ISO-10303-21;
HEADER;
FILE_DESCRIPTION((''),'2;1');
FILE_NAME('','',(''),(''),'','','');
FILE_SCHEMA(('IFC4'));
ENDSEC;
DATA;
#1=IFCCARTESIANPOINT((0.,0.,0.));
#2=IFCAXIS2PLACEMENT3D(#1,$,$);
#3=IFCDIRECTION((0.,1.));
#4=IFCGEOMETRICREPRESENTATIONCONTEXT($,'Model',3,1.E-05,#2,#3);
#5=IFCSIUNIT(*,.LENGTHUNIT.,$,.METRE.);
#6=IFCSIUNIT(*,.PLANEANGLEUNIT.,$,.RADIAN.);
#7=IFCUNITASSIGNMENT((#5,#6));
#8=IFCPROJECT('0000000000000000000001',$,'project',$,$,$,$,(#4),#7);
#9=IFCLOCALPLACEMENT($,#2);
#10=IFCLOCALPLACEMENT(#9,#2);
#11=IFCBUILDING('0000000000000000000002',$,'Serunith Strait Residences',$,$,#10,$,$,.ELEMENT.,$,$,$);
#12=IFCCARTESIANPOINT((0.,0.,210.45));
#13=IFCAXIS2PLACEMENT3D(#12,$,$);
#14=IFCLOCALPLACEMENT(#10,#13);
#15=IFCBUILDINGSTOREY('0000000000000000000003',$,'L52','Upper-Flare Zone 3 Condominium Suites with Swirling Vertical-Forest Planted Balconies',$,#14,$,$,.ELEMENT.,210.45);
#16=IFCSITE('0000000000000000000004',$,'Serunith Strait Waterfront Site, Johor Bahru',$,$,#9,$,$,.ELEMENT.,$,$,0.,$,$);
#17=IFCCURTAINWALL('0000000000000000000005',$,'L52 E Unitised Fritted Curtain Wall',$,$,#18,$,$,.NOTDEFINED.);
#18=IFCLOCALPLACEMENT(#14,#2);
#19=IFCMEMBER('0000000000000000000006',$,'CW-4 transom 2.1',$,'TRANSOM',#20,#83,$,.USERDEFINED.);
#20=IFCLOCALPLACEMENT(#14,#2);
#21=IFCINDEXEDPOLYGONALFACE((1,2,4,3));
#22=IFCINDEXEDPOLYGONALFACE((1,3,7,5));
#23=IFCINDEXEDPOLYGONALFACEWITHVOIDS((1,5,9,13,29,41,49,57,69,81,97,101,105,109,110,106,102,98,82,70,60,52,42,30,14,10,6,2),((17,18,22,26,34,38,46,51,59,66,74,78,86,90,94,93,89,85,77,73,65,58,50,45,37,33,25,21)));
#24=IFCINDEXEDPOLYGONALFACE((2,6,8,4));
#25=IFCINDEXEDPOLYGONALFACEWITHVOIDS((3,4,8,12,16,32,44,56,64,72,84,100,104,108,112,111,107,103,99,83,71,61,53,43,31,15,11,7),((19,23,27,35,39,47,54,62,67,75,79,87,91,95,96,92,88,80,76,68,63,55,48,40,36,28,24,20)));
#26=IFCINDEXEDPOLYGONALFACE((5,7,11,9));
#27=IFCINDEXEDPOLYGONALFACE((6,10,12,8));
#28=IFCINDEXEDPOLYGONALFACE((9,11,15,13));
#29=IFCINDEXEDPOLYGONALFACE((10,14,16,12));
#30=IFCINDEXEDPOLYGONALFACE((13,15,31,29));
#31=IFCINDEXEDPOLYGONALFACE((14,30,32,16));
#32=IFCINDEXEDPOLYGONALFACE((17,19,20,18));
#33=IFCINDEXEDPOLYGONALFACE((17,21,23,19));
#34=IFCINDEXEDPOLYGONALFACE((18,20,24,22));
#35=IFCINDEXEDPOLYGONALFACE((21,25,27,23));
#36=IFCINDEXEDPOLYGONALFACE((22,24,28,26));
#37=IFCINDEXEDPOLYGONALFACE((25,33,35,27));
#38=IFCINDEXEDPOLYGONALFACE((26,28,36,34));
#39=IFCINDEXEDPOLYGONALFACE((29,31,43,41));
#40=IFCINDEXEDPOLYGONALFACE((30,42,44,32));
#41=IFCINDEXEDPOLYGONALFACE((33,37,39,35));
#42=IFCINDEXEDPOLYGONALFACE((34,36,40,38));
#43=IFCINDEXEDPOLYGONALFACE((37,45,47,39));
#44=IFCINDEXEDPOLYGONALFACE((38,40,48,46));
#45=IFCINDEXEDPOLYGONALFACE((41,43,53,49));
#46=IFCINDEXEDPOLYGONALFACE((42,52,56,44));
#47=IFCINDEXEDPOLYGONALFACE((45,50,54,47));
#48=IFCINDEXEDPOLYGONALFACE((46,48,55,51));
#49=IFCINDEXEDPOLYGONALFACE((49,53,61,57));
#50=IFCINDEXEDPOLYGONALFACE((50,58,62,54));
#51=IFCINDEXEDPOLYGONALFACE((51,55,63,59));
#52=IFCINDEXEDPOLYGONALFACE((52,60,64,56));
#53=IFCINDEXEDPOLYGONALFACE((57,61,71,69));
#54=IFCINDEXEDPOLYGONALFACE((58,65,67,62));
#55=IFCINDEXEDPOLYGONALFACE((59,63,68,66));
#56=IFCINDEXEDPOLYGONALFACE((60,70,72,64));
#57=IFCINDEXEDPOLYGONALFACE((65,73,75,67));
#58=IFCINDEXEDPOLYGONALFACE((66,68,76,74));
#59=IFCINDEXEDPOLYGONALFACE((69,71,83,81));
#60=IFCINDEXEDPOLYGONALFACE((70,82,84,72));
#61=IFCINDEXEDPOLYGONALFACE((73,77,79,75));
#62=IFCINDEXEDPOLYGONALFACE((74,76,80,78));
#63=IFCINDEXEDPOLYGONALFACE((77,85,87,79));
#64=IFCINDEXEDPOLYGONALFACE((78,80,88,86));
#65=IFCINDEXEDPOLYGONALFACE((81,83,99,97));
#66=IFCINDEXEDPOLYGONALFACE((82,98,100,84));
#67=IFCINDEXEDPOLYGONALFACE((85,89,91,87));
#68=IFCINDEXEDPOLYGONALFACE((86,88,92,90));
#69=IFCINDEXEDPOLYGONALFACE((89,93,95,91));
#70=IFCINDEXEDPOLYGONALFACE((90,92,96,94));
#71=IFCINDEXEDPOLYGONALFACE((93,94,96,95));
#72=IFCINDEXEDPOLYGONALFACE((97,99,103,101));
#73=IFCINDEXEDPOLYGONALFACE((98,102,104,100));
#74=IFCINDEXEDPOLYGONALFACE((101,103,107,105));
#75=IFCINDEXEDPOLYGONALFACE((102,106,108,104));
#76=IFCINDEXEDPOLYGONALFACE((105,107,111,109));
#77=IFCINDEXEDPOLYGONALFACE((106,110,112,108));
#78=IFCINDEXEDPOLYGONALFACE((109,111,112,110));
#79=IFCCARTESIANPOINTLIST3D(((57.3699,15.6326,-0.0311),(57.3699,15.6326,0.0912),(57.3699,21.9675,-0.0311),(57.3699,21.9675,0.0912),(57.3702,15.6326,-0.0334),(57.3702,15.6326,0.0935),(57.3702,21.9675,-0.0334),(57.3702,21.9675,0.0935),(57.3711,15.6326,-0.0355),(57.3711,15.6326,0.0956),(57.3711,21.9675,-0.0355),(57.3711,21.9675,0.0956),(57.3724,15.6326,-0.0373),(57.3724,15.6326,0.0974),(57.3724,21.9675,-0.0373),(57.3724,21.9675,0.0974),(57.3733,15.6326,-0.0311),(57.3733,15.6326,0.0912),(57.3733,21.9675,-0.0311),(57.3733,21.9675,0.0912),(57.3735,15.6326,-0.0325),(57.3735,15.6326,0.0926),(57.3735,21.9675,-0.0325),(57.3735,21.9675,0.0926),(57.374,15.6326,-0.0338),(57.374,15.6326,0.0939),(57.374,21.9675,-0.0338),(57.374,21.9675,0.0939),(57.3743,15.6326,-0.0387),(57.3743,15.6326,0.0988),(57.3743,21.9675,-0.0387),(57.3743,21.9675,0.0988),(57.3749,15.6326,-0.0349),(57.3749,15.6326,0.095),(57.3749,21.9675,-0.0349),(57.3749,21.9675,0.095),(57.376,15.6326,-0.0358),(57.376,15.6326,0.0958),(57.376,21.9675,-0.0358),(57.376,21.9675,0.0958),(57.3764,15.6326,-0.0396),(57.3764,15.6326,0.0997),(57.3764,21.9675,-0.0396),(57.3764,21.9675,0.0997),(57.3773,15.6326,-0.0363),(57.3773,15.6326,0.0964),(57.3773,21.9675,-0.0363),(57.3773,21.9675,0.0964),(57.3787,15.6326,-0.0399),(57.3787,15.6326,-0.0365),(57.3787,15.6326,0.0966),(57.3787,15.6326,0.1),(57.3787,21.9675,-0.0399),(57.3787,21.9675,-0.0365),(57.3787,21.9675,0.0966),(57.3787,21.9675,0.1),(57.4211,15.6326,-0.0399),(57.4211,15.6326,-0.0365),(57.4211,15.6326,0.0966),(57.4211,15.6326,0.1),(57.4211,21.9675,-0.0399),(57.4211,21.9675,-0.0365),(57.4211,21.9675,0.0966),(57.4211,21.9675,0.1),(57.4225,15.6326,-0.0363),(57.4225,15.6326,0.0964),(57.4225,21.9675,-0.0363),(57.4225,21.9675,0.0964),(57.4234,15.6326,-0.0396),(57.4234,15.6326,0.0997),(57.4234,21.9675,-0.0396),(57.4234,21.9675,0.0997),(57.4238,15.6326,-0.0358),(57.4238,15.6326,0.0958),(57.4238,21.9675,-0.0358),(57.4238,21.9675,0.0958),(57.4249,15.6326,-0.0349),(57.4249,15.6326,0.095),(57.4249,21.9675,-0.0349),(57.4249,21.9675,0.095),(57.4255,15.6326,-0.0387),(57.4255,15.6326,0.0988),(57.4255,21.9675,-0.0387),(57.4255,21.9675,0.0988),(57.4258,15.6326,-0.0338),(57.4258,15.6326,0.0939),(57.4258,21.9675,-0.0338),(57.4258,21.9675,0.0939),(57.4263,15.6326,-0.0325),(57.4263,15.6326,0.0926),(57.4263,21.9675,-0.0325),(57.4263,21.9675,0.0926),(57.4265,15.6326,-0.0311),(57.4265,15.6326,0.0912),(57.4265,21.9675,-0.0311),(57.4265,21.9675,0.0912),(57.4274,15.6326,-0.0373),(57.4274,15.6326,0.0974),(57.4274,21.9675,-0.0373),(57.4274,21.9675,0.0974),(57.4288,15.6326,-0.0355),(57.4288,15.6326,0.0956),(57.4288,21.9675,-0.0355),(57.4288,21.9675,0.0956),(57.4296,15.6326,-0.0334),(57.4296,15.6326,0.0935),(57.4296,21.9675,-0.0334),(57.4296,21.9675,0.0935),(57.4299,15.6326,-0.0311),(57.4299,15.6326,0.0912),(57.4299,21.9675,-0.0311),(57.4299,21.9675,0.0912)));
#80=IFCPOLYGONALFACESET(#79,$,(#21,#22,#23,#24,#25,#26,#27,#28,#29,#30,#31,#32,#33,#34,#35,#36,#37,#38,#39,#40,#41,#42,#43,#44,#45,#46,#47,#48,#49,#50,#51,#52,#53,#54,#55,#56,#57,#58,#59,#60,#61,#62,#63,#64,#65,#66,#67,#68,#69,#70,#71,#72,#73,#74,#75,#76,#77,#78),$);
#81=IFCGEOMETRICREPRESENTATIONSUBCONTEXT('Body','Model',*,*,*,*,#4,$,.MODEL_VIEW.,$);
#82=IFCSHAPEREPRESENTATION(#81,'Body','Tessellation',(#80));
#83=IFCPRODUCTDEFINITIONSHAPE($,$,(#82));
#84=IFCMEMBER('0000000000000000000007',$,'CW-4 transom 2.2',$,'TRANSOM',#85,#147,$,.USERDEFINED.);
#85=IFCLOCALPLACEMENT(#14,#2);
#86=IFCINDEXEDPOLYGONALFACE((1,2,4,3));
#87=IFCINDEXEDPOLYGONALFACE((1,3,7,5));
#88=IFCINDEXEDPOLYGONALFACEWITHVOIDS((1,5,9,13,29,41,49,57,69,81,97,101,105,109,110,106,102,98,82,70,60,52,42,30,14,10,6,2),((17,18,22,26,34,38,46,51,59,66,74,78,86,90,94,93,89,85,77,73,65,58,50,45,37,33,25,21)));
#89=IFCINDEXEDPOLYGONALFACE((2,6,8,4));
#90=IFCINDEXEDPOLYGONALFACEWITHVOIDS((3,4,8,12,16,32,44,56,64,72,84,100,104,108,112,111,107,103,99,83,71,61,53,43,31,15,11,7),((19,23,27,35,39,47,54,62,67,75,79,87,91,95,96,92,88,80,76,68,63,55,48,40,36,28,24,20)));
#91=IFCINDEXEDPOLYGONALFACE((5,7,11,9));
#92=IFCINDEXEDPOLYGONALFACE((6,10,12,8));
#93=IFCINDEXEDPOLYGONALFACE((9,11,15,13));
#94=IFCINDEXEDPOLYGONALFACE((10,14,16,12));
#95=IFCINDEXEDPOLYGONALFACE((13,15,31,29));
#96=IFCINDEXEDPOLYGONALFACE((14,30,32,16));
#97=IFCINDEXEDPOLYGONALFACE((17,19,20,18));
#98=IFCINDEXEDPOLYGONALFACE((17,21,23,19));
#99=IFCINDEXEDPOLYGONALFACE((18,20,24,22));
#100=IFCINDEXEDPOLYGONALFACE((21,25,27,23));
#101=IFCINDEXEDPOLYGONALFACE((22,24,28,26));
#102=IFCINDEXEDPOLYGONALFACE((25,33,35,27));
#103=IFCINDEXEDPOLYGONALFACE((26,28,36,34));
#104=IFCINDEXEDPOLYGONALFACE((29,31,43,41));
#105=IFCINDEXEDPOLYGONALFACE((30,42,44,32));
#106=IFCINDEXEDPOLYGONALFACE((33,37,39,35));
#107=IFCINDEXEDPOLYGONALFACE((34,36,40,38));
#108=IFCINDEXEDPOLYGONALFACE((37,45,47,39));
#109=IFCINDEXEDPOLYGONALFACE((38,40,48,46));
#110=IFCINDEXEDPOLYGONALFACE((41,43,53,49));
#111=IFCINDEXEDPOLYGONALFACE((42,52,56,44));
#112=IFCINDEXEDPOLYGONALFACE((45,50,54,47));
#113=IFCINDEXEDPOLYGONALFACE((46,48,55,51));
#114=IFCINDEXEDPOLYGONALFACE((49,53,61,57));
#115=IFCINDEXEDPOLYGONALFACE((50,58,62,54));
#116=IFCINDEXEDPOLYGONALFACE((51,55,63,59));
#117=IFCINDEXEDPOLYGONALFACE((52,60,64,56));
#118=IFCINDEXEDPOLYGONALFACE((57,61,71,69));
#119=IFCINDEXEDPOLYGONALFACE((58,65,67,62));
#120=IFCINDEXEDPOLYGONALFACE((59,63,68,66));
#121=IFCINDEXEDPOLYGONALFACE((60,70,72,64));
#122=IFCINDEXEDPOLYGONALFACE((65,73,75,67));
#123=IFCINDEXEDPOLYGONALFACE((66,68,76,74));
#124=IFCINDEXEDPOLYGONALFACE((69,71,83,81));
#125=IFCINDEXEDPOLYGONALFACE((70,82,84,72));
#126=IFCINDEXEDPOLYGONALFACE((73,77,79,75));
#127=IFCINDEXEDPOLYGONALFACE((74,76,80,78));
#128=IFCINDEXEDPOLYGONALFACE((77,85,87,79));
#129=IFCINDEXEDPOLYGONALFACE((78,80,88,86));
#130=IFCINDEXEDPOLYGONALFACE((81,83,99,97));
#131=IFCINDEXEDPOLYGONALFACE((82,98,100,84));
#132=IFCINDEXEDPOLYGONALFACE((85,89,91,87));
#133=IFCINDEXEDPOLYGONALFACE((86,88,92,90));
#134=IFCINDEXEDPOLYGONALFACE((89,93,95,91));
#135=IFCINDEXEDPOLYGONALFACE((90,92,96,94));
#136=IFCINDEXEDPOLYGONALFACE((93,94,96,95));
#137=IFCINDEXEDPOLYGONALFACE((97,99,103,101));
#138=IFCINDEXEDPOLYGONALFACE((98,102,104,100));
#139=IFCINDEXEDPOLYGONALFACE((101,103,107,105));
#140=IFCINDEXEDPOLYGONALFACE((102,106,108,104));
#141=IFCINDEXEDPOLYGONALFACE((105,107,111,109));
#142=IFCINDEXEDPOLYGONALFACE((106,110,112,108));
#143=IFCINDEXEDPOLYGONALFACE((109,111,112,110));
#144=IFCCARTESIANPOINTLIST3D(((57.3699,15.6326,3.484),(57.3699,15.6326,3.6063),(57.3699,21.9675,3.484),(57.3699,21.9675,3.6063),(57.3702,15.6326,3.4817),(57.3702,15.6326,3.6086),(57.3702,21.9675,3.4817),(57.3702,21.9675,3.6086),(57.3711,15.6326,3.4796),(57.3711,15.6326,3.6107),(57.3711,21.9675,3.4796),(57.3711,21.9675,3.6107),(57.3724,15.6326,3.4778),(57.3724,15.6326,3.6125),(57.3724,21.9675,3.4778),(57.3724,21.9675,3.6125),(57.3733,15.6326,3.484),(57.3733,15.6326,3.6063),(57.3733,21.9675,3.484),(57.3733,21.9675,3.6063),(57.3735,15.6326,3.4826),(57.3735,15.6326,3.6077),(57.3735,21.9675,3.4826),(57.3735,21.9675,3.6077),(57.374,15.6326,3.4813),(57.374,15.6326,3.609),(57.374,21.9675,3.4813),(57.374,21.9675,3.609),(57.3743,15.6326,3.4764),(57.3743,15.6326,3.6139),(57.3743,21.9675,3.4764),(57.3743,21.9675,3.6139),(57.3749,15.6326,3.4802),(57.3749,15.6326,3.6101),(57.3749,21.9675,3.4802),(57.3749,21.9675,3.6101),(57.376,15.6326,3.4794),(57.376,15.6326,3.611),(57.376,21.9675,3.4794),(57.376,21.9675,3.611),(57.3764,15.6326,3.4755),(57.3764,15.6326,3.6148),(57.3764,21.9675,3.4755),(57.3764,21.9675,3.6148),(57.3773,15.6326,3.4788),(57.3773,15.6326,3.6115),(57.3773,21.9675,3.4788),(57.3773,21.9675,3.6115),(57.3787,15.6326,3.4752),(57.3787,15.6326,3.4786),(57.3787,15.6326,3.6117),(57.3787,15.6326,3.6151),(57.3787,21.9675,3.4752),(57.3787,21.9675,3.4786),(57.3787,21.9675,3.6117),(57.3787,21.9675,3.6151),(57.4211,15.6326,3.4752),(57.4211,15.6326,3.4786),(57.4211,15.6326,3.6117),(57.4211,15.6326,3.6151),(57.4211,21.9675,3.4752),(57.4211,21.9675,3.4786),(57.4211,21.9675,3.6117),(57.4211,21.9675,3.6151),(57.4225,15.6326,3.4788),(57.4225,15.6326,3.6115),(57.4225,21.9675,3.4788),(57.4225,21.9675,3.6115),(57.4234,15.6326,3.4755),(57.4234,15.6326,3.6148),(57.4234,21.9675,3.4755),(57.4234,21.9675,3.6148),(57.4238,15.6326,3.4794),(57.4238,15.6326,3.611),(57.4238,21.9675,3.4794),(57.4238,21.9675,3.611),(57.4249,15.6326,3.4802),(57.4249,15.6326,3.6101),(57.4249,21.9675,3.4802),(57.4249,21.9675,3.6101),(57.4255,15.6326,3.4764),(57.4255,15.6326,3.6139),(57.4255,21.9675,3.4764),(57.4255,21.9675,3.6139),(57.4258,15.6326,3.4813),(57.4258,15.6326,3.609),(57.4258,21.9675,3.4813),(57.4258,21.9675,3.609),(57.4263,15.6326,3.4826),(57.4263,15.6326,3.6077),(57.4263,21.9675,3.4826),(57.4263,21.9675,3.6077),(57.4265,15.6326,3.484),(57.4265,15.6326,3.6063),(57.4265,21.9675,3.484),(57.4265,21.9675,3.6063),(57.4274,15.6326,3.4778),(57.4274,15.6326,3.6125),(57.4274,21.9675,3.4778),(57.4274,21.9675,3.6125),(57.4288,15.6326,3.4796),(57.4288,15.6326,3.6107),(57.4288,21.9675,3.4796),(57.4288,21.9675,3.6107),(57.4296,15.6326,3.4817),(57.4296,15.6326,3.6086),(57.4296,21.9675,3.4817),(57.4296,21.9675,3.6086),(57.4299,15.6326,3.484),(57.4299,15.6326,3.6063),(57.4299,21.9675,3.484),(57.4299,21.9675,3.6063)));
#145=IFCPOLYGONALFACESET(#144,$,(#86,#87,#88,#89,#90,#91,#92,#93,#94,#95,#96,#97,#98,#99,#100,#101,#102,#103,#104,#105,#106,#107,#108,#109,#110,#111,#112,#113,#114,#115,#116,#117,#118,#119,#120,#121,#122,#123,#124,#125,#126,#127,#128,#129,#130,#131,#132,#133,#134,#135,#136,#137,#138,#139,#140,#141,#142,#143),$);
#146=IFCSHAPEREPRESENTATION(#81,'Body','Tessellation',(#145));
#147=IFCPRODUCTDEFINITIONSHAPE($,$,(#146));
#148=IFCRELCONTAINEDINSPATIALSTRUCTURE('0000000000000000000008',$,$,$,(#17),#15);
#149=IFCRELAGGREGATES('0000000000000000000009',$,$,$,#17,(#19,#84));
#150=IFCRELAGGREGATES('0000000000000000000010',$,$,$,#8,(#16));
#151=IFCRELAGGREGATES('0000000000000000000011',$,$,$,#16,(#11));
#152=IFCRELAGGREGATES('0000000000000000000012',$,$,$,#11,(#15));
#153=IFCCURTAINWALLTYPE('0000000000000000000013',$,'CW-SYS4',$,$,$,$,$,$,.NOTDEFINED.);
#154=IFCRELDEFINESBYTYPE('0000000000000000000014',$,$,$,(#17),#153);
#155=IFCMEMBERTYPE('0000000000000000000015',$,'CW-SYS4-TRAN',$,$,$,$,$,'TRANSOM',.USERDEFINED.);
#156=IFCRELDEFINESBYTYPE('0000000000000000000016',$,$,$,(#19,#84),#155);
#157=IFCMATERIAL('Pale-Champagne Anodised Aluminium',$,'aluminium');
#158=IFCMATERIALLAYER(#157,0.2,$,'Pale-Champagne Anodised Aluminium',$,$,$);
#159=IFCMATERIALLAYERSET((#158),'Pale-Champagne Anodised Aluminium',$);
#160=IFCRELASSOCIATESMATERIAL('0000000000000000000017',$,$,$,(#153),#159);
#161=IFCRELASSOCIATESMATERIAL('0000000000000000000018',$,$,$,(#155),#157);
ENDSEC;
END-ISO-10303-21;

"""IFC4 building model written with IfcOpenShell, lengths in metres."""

from ifc_helpers import new_model, si_unit, direction, frame, origin, origin_2d, place, context, subcontext, project, spatial, hollow_rectangle, extrude, source, transform, mapped, material, layer, layer_set, material_profile, profile_set, type_object, element, aggregate, save


model = new_model("IFC4")

# Units and contexts
model_context = context("Model", 3, precision=1e-05, world=origin(), true_north=direction((0.0, 1.0)))
body_context = subcontext(model_context, "Body", "Model", "MODEL_VIEW")
ifc_project = project(units=[si_unit("LENGTHUNIT", "METRE"), si_unit("PLANEANGLEUNIT", "RADIAN")], contexts=[model_context])

# Site, building, storey
site_placement = place(None, origin())
site = spatial("IfcSite", under=ifc_project, at=site_placement, Name="Serunith Strait Waterfront Site, Johor Bahru", CompositionType="ELEMENT", RefElevation=0.0)
building_placement = place(site_placement, origin())
building = spatial("IfcBuilding", under=site, at=building_placement, Name="Serunith Strait Residences", CompositionType="ELEMENT")
storey_placement = place(building_placement, frame((0.0, 0.0, 210.45)))
storey = spatial("IfcBuildingStorey", under=building, at=storey_placement, Name="L52", Description="Upper-Flare Zone 3 Condominium Suites with Swirling Vertical-Forest Planted Balconies", CompositionType="ELEMENT", Elevation=210.45)

# Curtain wall, members
ifc_material_1 = material(Name="Pale-Champagne Anodised Aluminium", Category="aluminium")
ifc_layer_1 = layer(ifc_material_1, 0.2, Name="Pale-Champagne Anodised Aluminium")
ifc_layer_set_1 = layer_set([ifc_layer_1], Name="Pale-Champagne Anodised Aluminium")
curtain_wall_type = type_object("IfcCurtainWallType", Name="CW-SYS4", PredefinedType="NOTDEFINED", material=ifc_layer_set_1)
curtain_wall_placement = place(storey_placement, origin())
curtain_wall = element("IfcCurtainWall", 1, at=curtain_wall_placement, inside=storey, type_object=curtain_wall_type, Name="L52 E Unitised Fritted Curtain Wall", PredefinedType="NOTDEFINED")
ifc_material_profile_1 = material_profile(ifc_material_1, hollow_rectangle(XDim=0.0601, YDim=0.1399, WallThickness=0.0034, InnerFilletRadius=0.0054, OuterFilletRadius=0.0088, at=origin_2d()), Name="ALU 140x60x3.5")
ifc_profile_set_1 = profile_set([ifc_material_profile_1], Name="Pale-Champagne Anodised Aluminium")
member_type_1 = type_object("IfcMemberType", Name="CW-SYS4-TRAN", ElementType="TRANSOM", PredefinedType="USERDEFINED", material=ifc_profile_set_1)
shared_shape_1 = source(origin(), body_context, "Body", "SweptSolid", [
    extrude(hollow_rectangle(XDim=0.0601, YDim=0.1399, WallThickness=0.0034, InnerFilletRadius=0.0054, OuterFilletRadius=0.0088, at=origin_2d()), origin(), (0.0, 0.0, 1.0), 6.335),
])
member_1_placement = place(storey_placement, frame((57.3999, 15.6326, 0.03), z_axis=(0.0, 1.0, 0.0), x_axis=(-1.0, 0.0, 0.0)))
member_1 = element("IfcMember", 2, at=member_1_placement, type_object=member_type_1, Name="CW-4 transom 2.1", ObjectType="TRANSOM", PredefinedType="USERDEFINED", context=body_context, shape_type="MappedRepresentation", body=[
    mapped(shared_shape_1, transform((0.0, 0.0, 0.0), scale=1.0)),
])
member_2_placement = place(storey_placement, frame((57.3999, 15.6326, 3.5452), z_axis=(0.0, 1.0, 0.0), x_axis=(-1.0, 0.0, 0.0)))
member_2 = element("IfcMember", 3, at=member_2_placement, type_object=member_type_1, Name="CW-4 transom 2.2", ObjectType="TRANSOM", PredefinedType="USERDEFINED", context=body_context, shape_type="MappedRepresentation", body=[
    mapped(shared_shape_1, transform((0.0, 0.0, 0.0), scale=1.0)),
])
aggregate(curtain_wall, [member_1, member_2])

save(model, "model.ifc")
